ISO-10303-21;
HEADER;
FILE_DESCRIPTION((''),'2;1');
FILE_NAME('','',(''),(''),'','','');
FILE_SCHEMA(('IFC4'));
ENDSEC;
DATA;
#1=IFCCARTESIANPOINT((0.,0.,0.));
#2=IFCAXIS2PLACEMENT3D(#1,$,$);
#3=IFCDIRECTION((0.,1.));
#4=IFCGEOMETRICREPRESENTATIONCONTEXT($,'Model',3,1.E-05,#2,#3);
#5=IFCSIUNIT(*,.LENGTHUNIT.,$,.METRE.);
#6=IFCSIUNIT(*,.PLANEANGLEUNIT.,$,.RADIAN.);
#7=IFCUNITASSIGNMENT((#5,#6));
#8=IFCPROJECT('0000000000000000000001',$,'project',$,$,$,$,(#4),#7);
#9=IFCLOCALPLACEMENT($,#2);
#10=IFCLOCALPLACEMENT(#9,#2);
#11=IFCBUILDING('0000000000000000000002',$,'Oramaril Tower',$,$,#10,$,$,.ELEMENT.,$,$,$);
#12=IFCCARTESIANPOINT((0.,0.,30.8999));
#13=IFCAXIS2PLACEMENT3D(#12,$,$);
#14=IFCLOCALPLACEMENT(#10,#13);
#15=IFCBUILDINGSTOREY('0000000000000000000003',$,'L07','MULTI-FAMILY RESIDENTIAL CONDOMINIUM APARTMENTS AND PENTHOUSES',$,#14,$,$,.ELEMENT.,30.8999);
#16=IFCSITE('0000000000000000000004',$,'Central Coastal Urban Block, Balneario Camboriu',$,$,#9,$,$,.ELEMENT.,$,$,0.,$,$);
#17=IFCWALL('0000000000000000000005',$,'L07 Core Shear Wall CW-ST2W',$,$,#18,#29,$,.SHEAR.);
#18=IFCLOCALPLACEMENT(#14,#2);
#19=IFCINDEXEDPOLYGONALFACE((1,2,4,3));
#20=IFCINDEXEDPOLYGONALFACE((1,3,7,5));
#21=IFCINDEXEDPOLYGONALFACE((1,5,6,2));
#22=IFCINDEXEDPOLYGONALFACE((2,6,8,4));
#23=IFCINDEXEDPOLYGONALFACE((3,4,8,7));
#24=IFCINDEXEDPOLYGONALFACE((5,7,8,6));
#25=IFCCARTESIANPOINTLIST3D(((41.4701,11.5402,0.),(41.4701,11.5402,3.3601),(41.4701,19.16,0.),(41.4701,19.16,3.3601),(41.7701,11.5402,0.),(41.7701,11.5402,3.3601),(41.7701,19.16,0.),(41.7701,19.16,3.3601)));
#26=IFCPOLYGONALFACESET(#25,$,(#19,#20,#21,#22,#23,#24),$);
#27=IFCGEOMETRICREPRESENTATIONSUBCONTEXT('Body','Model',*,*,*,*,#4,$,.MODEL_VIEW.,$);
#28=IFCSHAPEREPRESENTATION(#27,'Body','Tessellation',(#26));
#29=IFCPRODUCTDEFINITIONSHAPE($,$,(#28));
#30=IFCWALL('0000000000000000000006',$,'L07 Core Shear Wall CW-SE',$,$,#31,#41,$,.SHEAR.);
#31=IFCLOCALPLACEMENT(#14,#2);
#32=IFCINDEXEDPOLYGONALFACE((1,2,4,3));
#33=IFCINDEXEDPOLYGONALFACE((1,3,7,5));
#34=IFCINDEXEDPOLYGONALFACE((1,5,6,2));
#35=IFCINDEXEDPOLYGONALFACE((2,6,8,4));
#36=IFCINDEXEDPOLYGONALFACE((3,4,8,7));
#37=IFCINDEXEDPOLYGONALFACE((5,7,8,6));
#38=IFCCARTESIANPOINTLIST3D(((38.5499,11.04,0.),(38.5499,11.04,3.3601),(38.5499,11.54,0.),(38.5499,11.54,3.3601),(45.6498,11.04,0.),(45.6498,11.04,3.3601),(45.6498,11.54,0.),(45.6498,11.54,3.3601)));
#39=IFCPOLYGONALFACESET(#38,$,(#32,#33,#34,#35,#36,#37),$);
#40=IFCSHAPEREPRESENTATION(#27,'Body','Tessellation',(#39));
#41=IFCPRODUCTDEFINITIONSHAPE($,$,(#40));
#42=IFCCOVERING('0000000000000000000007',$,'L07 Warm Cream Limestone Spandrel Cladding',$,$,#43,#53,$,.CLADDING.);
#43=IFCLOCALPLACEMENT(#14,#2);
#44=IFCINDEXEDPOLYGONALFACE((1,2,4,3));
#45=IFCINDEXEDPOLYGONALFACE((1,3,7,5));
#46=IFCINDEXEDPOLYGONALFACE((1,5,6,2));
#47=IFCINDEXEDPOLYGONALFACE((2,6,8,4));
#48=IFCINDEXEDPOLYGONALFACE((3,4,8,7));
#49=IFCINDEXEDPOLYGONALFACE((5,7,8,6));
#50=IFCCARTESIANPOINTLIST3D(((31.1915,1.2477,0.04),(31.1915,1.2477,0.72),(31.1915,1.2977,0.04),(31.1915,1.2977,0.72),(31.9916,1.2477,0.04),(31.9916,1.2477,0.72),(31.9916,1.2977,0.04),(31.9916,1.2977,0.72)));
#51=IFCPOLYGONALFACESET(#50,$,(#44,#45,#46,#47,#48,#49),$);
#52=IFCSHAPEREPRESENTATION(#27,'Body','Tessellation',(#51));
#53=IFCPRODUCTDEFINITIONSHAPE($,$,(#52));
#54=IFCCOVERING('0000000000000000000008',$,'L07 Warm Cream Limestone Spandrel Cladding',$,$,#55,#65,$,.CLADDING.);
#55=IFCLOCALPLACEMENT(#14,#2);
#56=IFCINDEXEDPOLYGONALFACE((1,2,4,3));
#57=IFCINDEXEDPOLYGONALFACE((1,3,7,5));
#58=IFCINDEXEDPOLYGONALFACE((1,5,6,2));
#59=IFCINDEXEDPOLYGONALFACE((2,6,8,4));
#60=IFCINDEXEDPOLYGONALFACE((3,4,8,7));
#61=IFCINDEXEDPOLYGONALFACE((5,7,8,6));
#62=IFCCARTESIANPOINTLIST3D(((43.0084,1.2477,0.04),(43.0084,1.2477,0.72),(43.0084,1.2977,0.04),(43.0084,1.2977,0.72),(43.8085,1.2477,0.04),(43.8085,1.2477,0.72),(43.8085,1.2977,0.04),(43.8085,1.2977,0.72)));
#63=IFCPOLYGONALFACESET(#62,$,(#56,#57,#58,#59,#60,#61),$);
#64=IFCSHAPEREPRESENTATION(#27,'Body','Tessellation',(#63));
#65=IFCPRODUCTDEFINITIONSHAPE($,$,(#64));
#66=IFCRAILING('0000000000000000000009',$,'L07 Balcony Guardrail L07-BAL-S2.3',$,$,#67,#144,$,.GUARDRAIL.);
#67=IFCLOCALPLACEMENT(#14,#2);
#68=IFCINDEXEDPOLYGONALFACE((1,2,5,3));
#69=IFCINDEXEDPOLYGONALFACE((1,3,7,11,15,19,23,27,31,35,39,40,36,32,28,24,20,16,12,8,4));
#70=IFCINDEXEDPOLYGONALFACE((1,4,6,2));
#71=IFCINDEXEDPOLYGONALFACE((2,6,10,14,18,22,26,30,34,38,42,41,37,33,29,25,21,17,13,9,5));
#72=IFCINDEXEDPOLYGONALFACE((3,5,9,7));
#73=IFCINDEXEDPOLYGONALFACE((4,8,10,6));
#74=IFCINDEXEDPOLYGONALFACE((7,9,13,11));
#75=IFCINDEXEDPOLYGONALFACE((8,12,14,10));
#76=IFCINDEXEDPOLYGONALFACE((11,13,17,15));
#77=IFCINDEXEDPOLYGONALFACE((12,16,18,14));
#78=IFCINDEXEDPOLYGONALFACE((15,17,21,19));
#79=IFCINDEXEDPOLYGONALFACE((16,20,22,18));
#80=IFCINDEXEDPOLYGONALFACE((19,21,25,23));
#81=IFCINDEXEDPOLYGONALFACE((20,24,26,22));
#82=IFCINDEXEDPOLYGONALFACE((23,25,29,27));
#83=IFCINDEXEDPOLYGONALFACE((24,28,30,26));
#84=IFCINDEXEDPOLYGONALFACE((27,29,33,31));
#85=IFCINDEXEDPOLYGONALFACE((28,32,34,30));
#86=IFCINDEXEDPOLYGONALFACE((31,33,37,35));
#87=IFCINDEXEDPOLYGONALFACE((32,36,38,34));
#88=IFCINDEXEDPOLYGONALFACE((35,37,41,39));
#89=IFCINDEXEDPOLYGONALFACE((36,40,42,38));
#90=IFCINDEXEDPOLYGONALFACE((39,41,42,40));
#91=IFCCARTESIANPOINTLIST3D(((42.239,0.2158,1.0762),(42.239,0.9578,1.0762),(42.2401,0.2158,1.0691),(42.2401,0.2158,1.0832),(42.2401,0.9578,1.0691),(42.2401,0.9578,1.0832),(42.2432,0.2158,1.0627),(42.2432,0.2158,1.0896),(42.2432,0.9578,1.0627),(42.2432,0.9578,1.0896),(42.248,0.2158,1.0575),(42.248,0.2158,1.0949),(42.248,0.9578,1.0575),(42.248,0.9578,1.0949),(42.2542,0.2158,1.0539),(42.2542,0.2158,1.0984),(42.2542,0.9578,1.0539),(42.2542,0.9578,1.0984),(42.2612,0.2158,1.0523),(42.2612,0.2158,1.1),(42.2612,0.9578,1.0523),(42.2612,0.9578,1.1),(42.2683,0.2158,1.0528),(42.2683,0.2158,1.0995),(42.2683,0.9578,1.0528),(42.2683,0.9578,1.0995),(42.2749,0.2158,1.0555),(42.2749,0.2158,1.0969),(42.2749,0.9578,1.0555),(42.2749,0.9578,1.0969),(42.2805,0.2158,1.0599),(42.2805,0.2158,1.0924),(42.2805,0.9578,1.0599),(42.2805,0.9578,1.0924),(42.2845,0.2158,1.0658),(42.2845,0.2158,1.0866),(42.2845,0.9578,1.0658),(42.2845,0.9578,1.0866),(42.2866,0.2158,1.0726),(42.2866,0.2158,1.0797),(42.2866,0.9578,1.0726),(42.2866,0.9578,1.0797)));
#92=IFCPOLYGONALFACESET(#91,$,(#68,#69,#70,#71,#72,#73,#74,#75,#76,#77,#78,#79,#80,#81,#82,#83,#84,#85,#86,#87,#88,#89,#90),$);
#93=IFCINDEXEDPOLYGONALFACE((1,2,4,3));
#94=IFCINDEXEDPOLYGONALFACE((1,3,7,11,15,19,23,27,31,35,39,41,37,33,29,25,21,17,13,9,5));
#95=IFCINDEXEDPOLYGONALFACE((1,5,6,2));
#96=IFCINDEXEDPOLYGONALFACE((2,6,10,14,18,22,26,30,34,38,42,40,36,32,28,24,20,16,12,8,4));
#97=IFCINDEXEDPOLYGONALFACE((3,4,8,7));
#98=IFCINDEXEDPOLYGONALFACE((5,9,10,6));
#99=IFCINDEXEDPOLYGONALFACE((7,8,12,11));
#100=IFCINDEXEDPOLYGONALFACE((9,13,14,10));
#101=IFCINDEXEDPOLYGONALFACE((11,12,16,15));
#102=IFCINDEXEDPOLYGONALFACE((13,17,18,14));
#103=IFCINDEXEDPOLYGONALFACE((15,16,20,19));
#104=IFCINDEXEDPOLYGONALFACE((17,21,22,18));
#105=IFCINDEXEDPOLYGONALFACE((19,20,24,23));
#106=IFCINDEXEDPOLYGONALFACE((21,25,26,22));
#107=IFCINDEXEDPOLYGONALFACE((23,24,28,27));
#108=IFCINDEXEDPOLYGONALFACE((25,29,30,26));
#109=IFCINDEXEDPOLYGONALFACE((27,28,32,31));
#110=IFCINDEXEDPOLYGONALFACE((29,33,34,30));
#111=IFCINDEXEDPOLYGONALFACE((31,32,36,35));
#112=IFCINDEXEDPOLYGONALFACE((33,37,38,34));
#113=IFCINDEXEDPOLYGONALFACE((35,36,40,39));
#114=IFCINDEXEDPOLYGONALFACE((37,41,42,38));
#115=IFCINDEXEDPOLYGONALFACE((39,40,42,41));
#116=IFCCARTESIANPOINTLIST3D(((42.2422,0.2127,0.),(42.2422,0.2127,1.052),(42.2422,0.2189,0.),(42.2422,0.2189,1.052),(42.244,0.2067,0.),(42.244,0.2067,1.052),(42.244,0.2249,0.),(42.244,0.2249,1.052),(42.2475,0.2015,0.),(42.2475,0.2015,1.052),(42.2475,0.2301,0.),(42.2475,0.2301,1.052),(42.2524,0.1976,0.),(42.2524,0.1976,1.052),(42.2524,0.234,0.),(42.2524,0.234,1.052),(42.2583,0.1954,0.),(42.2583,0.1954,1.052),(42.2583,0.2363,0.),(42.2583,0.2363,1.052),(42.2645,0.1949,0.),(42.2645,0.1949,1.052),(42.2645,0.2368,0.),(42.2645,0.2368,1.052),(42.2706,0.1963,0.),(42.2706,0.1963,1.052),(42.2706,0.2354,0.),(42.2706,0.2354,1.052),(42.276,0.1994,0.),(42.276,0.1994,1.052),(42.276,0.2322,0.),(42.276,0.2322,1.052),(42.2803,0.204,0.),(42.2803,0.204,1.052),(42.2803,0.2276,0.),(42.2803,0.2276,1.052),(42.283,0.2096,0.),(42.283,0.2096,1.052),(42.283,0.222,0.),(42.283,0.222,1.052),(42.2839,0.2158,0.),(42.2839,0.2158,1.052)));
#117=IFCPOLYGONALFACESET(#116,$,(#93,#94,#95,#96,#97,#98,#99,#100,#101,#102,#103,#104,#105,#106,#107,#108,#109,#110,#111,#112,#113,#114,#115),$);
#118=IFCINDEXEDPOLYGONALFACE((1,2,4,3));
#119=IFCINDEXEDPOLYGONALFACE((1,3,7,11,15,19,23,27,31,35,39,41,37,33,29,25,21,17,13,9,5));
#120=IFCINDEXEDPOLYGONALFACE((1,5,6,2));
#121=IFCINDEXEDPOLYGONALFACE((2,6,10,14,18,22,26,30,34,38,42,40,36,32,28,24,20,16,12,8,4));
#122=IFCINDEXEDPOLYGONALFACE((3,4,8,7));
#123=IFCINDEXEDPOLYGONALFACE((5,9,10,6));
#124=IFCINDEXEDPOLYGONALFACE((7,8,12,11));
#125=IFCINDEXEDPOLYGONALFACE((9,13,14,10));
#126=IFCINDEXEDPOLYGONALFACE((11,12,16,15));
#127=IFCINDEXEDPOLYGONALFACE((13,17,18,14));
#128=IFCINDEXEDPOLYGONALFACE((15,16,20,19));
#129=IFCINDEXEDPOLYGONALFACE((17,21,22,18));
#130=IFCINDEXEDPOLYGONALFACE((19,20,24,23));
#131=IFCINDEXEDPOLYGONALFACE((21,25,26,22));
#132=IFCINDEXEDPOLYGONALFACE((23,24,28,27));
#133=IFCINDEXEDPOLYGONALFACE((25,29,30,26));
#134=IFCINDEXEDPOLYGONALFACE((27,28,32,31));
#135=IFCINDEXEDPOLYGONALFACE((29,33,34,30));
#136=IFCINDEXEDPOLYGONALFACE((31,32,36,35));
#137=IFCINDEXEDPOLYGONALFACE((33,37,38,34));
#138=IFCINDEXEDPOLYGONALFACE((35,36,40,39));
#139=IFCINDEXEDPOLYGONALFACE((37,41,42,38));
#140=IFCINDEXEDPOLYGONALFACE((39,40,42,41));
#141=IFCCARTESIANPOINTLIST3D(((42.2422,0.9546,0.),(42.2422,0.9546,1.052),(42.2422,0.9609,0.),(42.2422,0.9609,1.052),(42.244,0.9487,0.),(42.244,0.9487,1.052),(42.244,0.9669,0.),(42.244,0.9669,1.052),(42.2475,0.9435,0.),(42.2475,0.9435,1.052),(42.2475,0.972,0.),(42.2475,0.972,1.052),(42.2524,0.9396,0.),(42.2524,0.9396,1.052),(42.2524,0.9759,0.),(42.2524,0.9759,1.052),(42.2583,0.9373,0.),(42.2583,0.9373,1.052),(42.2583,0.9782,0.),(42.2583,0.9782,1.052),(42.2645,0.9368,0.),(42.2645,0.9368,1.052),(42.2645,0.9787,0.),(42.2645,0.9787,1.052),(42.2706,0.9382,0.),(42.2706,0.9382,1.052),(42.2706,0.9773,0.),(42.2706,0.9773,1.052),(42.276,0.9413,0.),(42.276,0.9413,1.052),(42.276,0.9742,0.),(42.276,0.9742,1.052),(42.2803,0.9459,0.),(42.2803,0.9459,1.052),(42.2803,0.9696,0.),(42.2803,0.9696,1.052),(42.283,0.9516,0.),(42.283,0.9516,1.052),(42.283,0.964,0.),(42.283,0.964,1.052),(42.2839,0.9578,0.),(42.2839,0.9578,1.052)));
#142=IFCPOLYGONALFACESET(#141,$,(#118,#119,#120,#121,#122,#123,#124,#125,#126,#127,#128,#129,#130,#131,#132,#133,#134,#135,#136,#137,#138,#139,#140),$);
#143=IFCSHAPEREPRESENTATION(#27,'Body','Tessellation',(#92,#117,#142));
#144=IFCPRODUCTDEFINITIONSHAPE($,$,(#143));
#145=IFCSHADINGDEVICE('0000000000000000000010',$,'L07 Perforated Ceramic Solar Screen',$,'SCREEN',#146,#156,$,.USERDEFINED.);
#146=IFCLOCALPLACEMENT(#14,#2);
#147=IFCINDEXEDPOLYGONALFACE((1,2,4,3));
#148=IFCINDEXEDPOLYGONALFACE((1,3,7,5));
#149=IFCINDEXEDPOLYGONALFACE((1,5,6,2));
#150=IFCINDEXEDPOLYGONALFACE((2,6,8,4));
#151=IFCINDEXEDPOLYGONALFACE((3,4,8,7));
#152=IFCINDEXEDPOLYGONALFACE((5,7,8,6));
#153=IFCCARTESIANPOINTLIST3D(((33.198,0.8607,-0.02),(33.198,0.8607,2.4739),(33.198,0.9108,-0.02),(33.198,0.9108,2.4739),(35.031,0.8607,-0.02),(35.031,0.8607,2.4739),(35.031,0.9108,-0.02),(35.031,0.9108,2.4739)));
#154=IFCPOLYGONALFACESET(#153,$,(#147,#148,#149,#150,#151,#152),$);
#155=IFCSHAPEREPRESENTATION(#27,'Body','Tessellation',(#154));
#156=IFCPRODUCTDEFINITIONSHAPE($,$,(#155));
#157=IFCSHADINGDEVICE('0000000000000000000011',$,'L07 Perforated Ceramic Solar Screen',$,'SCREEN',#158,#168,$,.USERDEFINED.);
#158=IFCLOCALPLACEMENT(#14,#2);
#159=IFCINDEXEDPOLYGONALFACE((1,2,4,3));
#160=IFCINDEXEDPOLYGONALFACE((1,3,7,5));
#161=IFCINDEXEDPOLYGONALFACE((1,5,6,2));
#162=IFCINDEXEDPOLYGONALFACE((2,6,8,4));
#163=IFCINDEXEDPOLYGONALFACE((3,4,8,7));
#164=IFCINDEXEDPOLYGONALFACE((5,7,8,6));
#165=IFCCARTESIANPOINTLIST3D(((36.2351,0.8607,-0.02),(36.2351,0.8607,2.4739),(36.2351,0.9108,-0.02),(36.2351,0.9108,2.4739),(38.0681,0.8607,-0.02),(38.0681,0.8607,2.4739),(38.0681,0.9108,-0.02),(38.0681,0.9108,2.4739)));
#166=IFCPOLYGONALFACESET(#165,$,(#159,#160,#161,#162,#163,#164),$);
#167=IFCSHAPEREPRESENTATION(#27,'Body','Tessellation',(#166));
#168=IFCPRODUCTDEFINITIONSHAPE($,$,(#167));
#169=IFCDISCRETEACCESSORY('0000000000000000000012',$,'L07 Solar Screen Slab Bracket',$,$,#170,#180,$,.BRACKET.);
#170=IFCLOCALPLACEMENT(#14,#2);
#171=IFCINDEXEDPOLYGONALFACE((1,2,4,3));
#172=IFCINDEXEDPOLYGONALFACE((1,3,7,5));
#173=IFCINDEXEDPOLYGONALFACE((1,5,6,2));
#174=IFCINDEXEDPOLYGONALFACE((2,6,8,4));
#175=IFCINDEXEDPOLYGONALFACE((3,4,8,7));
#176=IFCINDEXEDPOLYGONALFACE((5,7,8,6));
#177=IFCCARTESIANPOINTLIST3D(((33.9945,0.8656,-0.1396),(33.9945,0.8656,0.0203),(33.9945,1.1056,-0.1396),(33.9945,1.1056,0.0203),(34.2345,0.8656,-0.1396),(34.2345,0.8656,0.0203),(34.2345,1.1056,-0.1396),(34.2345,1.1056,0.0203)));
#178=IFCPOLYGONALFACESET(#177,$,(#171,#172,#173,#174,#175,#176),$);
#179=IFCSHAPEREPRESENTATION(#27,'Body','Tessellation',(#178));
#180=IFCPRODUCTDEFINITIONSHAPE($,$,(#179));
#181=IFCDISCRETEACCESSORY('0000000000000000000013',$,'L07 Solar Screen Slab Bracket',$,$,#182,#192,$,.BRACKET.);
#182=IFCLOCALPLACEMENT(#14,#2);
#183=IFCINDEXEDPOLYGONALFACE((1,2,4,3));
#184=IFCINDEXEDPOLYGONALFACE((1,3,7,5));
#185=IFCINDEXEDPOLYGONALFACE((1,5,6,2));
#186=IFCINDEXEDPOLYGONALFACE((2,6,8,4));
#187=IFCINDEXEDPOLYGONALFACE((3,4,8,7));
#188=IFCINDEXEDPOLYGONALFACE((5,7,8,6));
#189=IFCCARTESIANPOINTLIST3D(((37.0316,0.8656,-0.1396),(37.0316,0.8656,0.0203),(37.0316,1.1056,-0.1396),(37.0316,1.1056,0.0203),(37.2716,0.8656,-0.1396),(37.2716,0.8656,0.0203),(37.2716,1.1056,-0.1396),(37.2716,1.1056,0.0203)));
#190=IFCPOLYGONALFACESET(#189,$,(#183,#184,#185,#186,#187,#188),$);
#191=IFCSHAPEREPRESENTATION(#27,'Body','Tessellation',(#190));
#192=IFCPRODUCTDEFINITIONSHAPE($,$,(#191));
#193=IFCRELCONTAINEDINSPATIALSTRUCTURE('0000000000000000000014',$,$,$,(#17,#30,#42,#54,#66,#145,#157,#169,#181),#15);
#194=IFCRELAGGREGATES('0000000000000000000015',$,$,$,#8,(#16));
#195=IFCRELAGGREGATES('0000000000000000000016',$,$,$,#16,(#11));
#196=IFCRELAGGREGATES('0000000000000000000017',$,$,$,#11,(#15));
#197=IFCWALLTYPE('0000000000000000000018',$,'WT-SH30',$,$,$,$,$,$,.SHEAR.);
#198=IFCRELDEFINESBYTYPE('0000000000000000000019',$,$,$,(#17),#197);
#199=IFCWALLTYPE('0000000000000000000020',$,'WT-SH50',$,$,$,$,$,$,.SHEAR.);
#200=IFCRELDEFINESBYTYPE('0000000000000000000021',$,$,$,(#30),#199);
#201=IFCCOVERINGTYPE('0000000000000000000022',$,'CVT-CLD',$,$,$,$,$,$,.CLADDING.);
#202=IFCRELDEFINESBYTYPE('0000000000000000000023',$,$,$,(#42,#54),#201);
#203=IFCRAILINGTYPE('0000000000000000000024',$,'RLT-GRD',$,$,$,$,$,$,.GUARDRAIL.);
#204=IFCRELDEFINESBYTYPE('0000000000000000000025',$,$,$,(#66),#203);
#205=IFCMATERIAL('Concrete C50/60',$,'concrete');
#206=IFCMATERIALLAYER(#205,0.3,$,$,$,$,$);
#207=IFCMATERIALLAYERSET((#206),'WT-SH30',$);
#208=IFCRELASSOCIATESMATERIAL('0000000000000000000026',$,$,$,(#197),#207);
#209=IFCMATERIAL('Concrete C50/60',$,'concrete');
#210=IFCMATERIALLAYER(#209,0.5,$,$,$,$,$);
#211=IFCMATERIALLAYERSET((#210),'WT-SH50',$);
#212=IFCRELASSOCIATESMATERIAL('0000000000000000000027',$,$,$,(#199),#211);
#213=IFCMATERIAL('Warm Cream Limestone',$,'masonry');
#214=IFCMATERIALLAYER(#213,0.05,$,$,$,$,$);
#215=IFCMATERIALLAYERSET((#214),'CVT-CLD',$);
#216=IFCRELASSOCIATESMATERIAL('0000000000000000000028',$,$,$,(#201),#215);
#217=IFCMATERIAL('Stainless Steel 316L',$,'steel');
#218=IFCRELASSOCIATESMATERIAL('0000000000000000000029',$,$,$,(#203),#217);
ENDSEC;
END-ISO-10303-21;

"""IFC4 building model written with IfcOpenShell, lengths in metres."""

from ifc_helpers import new_model, si_unit, direction, frame, frame_2d, origin, origin_2d, place, context, subcontext, project, spatial, rectangle, circle, extrude, material, layer, layer_set, type_object, element, save


model = new_model("IFC4")

# Units and contexts
model_context = context("Model", 3, precision=1e-05, world=origin(), true_north=direction((0.0, 1.0)))
body_context = subcontext(model_context, "Body", "Model", "MODEL_VIEW")
ifc_project = project(units=[si_unit("LENGTHUNIT", "METRE"), si_unit("PLANEANGLEUNIT", "RADIAN")], contexts=[model_context])

# Site, building, storey
site_placement = place(None, origin())
site = spatial("IfcSite", under=ifc_project, at=site_placement, Name="Central Coastal Urban Block, Balneario Camboriu", CompositionType="ELEMENT", RefElevation=0.0)
building_placement = place(site_placement, origin())
building = spatial("IfcBuilding", under=site, at=building_placement, Name="Oramaril Tower", CompositionType="ELEMENT")
storey_placement = place(building_placement, frame((0.0, 0.0, 30.8999)))
storey = spatial("IfcBuildingStorey", under=building, at=storey_placement, Name="L07", Description="MULTI-FAMILY RESIDENTIAL CONDOMINIUM APARTMENTS AND PENTHOUSES", CompositionType="ELEMENT", Elevation=30.8999)

# Walls
ifc_material_1 = material(Name="Concrete C50/60", Category="concrete")
ifc_layer_1 = layer(ifc_material_1, 0.3)
ifc_layer_set_1 = layer_set([ifc_layer_1], Name="WT-SH30")
wall_type_1 = type_object("IfcWallType", Name="WT-SH30", PredefinedType="SHEAR", material=ifc_layer_set_1)
for number, where, z_axis, x_axis, name in (
    (1, (41.6201, 11.54, 0.0), (0.0, 0.0, 1.0), (0.0, 1.0, 0.0), "L07 Core Shear Wall CW-ST2W"),
):
    element("IfcWall", number, at=place(storey_placement, frame(where, z_axis=z_axis, x_axis=x_axis)), inside=storey, type_object=wall_type_1, Name=name, PredefinedType="SHEAR", context=body_context, shape_type="SweptSolid", body=[
        extrude(rectangle(XDim=7.6199, YDim=0.3, at=frame_2d((3.8101, 0.0))), origin(), (0.0, 0.0, 1.0), 3.3601),
    ])
ifc_material_2 = material(Name="Concrete C50/60", Category="concrete")
ifc_layer_2 = layer(ifc_material_2, 0.5)
ifc_layer_set_2 = layer_set([ifc_layer_2], Name="WT-SH50")
wall_type_2 = type_object("IfcWallType", Name="WT-SH50", PredefinedType="SHEAR", material=ifc_layer_set_2)
wall_1_placement = place(storey_placement, frame((38.55, 11.29, 0.0), z_axis=(0.0, 0.0, 1.0), x_axis=(1.0, 0.0, 0.0)))
element("IfcWall", 2, at=wall_1_placement, inside=storey, type_object=wall_type_2, Name="L07 Core Shear Wall CW-SE", PredefinedType="SHEAR", context=body_context, shape_type="SweptSolid", body=[
    extrude(rectangle(XDim=7.0999, YDim=0.5, at=frame_2d((3.5498, 0.0))), origin(), (0.0, 0.0, 1.0), 3.3601),
])

# Coverings
ifc_material_3 = material(Name="Warm Cream Limestone", Category="masonry")
ifc_layer_3 = layer(ifc_material_3, 0.05)
ifc_layer_set_3 = layer_set([ifc_layer_3], Name="CVT-CLD")
covering_type = type_object("IfcCoveringType", Name="CVT-CLD", PredefinedType="CLADDING", material=ifc_layer_set_3)
for number, where, z_axis, x_axis, name in (
    (3, (31.5916, 1.2727, 0.04), (0.0, 0.0, 1.0), (1.0, 0.0, 0.0), "L07 Warm Cream Limestone Spandrel Cladding"),
    (4, (43.4084, 1.2727, 0.04), (0.0, 0.0, 1.0), (1.0, 0.0, 0.0), "L07 Warm Cream Limestone Spandrel Cladding"),
):
    element("IfcCovering", number, at=place(storey_placement, frame(where, z_axis=z_axis, x_axis=x_axis)), inside=storey, type_object=covering_type, Name=name, PredefinedType="CLADDING", context=body_context, shape_type="SweptSolid", body=[
        extrude(rectangle(XDim=0.8, YDim=0.05, at=origin_2d()), origin(), (0.0, 0.0, 1.0), 0.6799),
    ])

# Railing
ifc_material_4 = material(Name="Stainless Steel 316L", Category="steel")
railing_type = type_object("IfcRailingType", Name="RLT-GRD", PredefinedType="GUARDRAIL", material=ifc_material_4)
railing_placement = place(storey_placement, frame((42.2629, 0.2158, 0.0)))
element("IfcRailing", 5, at=railing_placement, inside=storey, type_object=railing_type, Name="L07 Balcony Guardrail L07-BAL-S2.3", PredefinedType="GUARDRAIL", context=body_context, shape_type="SweptSolid", body=[
    extrude(circle(Radius=0.0239, at=origin_2d()), frame((0.0, 0.0, 1.0762), z_axis=(0.0, 1.0, 0.0), x_axis=(-1.0, 0.0, 0.0)), (0.0, 0.0, 1.0), 0.7419),
    extrude(circle(Radius=0.021, at=origin_2d()), origin(), (0.0, 0.0, 1.0), 1.052),
    extrude(circle(Radius=0.021, at=origin_2d()), frame((0.0, 0.7419, 0.0)), (0.0, 0.0, 1.0), 1.052),
])

# Shading devices
for number, where, z_axis, x_axis, name in (
    (6, (34.1145, 0.8857, -0.02), (0.0, 0.0, 1.0), (1.0, 0.0, 0.0), "L07 Perforated Ceramic Solar Screen"),
    (7, (37.1516, 0.8857, -0.02), (0.0, 0.0, 1.0), (1.0, 0.0, 0.0), "L07 Perforated Ceramic Solar Screen"),
):
    element("IfcShadingDevice", number, at=place(storey_placement, frame(where, z_axis=z_axis, x_axis=x_axis)), inside=storey, Name=name, ObjectType="SCREEN", PredefinedType="USERDEFINED", context=body_context, shape_type="SweptSolid", body=[
        extrude(rectangle(XDim=1.833, YDim=0.05, at=origin_2d()), origin(), (0.0, 0.0, 1.0), 2.4939),
    ])

# Discrete accessories
for number, where, z_axis, x_axis, name in (
    (8, (34.1145, 0.9856, -0.1396), (0.0, 0.0, 1.0), (1.0, 0.0, 0.0), "L07 Solar Screen Slab Bracket"),
    (9, (37.1516, 0.9856, -0.1396), (0.0, 0.0, 1.0), (1.0, 0.0, 0.0), "L07 Solar Screen Slab Bracket"),
):
    element("IfcDiscreteAccessory", number, at=place(storey_placement, frame(where, z_axis=z_axis, x_axis=x_axis)), inside=storey, Name=name, PredefinedType="BRACKET", context=body_context, shape_type="SweptSolid", body=[
        extrude(rectangle(XDim=0.24, YDim=0.24, at=origin_2d()), origin(), (0.0, 0.0, 1.0), 0.1599),
    ])

save(model, "model.ifc")
